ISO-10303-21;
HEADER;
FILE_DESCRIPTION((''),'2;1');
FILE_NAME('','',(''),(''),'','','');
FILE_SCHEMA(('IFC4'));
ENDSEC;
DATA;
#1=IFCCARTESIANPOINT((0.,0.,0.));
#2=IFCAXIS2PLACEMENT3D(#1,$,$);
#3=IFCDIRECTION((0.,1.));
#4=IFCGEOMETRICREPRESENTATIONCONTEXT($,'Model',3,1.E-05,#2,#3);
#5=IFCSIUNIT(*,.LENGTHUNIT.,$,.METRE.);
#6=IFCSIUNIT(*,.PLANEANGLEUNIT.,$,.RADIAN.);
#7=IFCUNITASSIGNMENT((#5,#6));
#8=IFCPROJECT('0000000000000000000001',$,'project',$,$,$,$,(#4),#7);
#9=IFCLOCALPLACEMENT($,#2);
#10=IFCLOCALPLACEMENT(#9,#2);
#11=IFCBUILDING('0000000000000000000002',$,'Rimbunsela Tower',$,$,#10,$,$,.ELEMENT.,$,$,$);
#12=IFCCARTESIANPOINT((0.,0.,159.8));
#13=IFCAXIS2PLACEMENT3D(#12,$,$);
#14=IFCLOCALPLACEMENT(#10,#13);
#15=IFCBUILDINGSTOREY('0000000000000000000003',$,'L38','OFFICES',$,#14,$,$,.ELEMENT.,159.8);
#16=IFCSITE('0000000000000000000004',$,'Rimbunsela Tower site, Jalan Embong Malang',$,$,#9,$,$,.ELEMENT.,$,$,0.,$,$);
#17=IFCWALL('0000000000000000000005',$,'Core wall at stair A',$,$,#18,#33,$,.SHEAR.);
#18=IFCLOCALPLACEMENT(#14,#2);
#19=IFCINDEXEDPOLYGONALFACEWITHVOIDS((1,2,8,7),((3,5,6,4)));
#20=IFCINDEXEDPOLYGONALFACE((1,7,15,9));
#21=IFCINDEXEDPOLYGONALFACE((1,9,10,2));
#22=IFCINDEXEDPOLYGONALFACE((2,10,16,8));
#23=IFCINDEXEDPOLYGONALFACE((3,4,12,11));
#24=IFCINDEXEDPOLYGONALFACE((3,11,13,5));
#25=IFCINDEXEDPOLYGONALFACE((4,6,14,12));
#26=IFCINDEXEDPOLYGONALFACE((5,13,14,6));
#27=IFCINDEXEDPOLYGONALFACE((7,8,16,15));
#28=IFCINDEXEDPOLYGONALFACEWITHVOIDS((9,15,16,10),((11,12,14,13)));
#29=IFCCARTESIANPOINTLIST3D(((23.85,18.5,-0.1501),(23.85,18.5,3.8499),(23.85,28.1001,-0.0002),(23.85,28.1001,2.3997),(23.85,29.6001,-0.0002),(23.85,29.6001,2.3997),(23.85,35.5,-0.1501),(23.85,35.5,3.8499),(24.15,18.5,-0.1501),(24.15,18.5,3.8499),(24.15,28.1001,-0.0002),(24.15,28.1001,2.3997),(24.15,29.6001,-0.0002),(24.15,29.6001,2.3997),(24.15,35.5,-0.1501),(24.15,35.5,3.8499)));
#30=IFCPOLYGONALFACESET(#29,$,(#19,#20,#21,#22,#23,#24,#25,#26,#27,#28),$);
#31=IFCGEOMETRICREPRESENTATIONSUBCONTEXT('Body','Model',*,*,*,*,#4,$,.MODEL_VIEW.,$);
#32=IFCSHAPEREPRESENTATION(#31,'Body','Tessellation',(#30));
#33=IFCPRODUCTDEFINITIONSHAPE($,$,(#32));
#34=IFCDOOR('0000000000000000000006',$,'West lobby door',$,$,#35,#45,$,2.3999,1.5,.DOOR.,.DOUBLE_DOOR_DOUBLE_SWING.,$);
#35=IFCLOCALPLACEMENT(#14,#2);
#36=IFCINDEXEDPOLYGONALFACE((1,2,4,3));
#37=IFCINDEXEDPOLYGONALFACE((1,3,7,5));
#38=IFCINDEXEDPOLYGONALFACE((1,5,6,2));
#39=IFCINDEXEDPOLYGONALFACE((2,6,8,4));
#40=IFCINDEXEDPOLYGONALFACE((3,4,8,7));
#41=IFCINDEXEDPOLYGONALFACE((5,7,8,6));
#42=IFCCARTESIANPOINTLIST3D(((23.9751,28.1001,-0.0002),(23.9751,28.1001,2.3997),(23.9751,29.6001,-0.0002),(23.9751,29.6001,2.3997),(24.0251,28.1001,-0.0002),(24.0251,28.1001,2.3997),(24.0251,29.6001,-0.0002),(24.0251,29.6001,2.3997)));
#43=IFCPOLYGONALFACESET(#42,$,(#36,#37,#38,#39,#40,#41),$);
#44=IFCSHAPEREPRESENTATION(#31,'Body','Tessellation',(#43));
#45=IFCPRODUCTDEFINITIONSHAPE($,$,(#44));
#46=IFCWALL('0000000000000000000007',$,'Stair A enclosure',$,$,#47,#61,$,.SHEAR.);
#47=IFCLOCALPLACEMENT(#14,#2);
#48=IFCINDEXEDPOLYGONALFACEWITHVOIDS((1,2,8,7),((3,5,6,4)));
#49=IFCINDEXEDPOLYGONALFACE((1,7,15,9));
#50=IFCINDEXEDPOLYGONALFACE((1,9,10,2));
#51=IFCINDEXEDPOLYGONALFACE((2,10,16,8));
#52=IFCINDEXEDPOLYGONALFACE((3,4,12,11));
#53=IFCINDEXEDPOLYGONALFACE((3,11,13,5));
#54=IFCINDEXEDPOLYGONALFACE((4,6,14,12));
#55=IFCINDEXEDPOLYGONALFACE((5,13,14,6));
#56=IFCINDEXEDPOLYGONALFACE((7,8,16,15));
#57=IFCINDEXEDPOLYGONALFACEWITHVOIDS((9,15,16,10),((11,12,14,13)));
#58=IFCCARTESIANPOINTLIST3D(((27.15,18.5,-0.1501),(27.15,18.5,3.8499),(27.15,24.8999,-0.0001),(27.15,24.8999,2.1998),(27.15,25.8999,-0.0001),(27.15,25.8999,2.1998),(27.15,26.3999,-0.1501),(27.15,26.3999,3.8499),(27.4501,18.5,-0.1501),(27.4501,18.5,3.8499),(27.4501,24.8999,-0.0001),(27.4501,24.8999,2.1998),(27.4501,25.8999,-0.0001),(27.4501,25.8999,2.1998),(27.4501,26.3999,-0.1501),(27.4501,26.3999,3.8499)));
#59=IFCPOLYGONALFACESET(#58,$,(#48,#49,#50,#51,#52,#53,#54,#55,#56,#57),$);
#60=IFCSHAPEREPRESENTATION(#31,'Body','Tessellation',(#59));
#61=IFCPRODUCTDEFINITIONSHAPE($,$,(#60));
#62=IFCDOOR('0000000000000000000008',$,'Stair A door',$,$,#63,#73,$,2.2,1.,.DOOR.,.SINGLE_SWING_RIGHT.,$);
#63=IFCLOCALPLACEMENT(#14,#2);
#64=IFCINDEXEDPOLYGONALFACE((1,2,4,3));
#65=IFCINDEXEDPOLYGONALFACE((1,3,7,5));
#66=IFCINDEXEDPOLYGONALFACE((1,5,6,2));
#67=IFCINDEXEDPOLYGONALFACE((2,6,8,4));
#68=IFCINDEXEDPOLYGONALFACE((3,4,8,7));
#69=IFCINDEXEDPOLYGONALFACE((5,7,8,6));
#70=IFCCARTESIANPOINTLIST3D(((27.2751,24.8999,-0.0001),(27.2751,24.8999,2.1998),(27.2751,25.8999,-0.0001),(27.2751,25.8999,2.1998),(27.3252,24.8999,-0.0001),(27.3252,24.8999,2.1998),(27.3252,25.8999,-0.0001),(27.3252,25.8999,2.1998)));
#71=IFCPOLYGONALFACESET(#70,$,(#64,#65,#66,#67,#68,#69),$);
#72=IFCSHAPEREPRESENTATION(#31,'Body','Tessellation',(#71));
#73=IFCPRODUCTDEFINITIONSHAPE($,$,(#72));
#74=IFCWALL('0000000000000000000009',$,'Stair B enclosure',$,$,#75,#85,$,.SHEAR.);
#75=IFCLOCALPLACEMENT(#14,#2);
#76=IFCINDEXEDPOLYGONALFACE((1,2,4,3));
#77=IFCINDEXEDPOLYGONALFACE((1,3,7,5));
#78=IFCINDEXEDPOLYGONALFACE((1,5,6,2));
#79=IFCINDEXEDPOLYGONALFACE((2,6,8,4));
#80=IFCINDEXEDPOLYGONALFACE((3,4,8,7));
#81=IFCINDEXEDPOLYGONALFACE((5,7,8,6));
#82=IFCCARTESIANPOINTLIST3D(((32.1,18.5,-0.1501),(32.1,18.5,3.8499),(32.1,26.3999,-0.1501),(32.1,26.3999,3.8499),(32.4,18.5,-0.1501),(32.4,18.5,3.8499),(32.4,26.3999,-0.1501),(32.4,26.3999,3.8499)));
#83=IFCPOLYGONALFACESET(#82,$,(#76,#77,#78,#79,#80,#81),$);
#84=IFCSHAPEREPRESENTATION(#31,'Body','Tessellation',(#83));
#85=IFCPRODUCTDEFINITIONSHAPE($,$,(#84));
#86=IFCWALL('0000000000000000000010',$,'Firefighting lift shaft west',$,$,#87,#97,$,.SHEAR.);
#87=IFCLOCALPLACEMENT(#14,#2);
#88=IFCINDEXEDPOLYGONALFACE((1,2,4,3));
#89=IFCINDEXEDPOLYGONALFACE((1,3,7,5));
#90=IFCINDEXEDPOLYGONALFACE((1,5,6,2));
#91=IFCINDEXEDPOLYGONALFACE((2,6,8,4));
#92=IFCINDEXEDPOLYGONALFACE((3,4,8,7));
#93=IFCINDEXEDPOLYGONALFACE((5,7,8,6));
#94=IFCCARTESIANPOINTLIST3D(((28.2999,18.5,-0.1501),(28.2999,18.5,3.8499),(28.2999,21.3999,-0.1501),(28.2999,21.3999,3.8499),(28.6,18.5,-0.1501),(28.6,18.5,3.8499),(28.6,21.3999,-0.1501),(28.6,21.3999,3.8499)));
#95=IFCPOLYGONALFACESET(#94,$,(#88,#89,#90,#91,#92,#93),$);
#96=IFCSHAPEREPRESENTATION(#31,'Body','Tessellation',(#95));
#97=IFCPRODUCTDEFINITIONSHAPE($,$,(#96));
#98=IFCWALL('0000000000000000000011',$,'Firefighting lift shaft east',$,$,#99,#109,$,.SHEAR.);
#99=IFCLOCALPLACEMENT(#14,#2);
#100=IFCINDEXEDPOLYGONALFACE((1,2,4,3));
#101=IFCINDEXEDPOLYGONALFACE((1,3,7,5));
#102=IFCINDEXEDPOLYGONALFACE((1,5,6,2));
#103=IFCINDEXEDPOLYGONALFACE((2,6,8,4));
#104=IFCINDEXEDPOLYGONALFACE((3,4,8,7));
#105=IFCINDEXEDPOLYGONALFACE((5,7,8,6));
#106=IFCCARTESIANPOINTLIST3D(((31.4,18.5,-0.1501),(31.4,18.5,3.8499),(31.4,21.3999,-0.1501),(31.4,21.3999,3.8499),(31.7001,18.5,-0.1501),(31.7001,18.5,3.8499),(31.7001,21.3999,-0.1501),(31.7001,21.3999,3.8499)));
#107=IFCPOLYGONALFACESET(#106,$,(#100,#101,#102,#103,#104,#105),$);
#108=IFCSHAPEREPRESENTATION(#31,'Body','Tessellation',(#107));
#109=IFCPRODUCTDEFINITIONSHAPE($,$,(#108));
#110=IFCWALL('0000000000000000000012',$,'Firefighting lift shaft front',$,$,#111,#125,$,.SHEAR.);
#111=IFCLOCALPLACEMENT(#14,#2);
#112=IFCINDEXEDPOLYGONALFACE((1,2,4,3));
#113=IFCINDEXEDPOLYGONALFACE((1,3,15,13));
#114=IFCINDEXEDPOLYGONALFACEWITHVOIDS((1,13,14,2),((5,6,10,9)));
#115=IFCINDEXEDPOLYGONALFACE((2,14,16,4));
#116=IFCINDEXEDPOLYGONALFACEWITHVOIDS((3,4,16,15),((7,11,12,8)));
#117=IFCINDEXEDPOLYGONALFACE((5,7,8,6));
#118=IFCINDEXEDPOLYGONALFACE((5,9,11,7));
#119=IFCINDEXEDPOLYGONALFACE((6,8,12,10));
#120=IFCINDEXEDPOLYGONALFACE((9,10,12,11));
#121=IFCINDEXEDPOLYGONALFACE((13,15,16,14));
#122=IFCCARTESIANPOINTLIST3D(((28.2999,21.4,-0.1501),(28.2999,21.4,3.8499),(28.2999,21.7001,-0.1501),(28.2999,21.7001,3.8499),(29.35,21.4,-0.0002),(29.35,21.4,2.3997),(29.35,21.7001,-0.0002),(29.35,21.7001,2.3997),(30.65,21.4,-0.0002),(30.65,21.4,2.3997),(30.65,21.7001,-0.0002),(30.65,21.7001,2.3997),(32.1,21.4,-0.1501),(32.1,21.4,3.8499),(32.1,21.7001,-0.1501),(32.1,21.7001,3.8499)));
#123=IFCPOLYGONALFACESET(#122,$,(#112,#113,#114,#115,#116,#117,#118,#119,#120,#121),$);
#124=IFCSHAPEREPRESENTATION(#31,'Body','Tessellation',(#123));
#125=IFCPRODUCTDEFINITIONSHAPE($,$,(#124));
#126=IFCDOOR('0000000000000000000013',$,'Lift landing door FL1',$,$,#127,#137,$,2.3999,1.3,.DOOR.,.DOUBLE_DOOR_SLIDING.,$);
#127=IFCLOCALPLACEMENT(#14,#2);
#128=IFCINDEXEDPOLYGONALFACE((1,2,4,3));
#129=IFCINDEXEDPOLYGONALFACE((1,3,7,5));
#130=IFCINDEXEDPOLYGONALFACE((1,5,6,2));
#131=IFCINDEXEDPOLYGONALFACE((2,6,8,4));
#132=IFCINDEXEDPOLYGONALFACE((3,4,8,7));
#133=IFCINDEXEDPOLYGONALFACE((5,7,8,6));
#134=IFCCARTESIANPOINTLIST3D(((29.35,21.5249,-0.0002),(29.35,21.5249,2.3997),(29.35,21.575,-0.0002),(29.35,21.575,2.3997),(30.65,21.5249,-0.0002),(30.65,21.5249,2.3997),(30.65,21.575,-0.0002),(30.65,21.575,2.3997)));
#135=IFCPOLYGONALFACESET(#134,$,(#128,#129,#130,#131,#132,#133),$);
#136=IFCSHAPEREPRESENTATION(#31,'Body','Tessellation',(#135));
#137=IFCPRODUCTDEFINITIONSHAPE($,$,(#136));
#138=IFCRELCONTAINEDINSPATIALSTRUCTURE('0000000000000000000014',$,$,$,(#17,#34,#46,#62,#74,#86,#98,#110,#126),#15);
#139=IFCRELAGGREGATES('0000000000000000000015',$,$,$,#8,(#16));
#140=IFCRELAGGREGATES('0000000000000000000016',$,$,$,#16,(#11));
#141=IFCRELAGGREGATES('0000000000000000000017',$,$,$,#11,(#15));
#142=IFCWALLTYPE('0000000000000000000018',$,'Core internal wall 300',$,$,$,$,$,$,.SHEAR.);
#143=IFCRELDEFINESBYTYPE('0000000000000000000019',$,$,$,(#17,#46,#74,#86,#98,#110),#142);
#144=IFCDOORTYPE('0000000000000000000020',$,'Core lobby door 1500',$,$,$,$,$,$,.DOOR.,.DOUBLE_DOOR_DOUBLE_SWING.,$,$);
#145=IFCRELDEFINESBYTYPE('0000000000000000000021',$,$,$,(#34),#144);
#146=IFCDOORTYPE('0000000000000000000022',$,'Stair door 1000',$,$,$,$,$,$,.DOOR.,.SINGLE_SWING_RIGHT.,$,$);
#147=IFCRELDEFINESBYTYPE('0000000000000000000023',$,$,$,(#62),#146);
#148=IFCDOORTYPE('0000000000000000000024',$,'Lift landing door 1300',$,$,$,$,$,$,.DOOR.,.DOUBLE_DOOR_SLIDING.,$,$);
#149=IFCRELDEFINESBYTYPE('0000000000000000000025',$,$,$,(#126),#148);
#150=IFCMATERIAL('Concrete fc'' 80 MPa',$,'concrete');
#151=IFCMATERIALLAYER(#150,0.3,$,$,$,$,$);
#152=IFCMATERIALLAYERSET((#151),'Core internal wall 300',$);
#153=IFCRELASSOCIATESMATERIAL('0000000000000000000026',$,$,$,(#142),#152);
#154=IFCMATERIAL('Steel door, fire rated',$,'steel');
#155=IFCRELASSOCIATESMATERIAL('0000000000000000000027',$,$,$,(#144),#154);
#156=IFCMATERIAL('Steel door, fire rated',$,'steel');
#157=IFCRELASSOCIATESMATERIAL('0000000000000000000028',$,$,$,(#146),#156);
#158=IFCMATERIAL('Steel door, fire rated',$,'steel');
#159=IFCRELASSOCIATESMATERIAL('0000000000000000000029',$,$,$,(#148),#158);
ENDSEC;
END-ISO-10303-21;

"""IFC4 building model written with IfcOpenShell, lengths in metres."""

from ifc_helpers import new_model, si_unit, direction, frame, frame_2d, origin, place, context, subcontext, project, spatial, rectangle, extrude, material, layer, layer_set, type_object, element, fill, save


model = new_model("IFC4")

# Units and contexts
model_context = context("Model", 3, precision=1e-05, world=origin(), true_north=direction((0.0, 1.0)))
body_context = subcontext(model_context, "Body", "Model", "MODEL_VIEW")
ifc_project = project(units=[si_unit("LENGTHUNIT", "METRE"), si_unit("PLANEANGLEUNIT", "RADIAN")], contexts=[model_context])

# Site, building, storey
site_placement = place(None, origin())
site = spatial("IfcSite", under=ifc_project, at=site_placement, Name="Rimbunsela Tower site, Jalan Embong Malang", CompositionType="ELEMENT", RefElevation=0.0)
building_placement = place(site_placement, origin())
building = spatial("IfcBuilding", under=site, at=building_placement, Name="Rimbunsela Tower", CompositionType="ELEMENT")
storey_placement = place(building_placement, frame((0.0, 0.0, 159.8)))
storey = spatial("IfcBuildingStorey", under=building, at=storey_placement, Name="L38", Description="OFFICES", CompositionType="ELEMENT", Elevation=159.8)

# Walls, openings, doors
ifc_material_1 = material(Name="Concrete fc' 80 MPa", Category="concrete")
ifc_layer_1 = layer(ifc_material_1, 0.3)
ifc_layer_set_1 = layer_set([ifc_layer_1], Name="Core internal wall 300")
wall_type_1 = type_object("IfcWallType", Name="Core internal wall 300", PredefinedType="SHEAR", material=ifc_layer_set_1)
wall_1_placement = place(storey_placement, frame((24.0, 18.5, -0.1501), z_axis=(0.0, 0.0, 1.0), x_axis=(0.0, 1.0, 0.0)))
wall_1 = element("IfcWall", 1, at=wall_1_placement, inside=storey, type_object=wall_type_1, Name="Core wall at stair A", PredefinedType="SHEAR", context=body_context, shape_type="SweptSolid", body=[
    extrude(rectangle(XDim=17.0, YDim=0.3, at=frame_2d((8.5, 0.0))), origin(), (0.0, 0.0, 1.0), 4.0),
])
opening_1_placement = place(wall_1_placement, frame((9.6001, 0.0, 0.1499)))
opening_1 = element("IfcOpeningElement", 2, at=opening_1_placement, cuts=wall_1, PredefinedType="OPENING", context=body_context, shape_type="SweptSolid", body=[
    extrude(rectangle(XDim=1.5, YDim=2.3999, at=frame_2d((0.75, 1.2))), frame((0.0, 0.1599, 0.0), z_axis=(0.0, -1.0, 0.0), x_axis=(1.0, 0.0, 0.0)), (0.0, 0.0, 1.0), 0.3201),
])
ifc_material_2 = material(Name="Steel door, fire rated", Category="steel")
door_type_1 = type_object("IfcDoorType", Name="Core lobby door 1500", OperationType="DOUBLE_DOOR_DOUBLE_SWING", PredefinedType="DOOR", material=ifc_material_2)
door_1_placement = place(opening_1_placement, origin())
door_1 = element("IfcDoor", 3, at=door_1_placement, inside=storey, type_object=door_type_1, Name="West lobby door", OperationType="DOUBLE_DOOR_DOUBLE_SWING", OverallHeight=2.3999, OverallWidth=1.5, PredefinedType="DOOR", context=body_context, shape_type="SweptSolid", body=[
    extrude(rectangle(XDim=1.5, YDim=2.3999, at=frame_2d((0.75, 1.2))), frame((0.0, 0.0249, 0.0), z_axis=(0.0, -1.0, 0.0), x_axis=(1.0, 0.0, 0.0)), (0.0, 0.0, 1.0), 0.05),
])
fill(opening_1, door_1)
wall_2_placement = place(storey_placement, frame((27.3, 18.5, -0.1501), z_axis=(0.0, 0.0, 1.0), x_axis=(0.0, 1.0, 0.0)))
wall_2 = element("IfcWall", 4, at=wall_2_placement, inside=storey, type_object=wall_type_1, Name="Stair A enclosure", PredefinedType="SHEAR", context=body_context, shape_type="SweptSolid", body=[
    extrude(rectangle(XDim=7.8999, YDim=0.3, at=frame_2d((3.95, 0.0))), origin(), (0.0, 0.0, 1.0), 4.0),
])
opening_2_placement = place(wall_2_placement, frame((6.3999, 0.0, 0.1499)))
opening_2 = element("IfcOpeningElement", 5, at=opening_2_placement, cuts=wall_2, PredefinedType="OPENING", context=body_context, shape_type="SweptSolid", body=[
    extrude(rectangle(XDim=1.0, YDim=2.2, at=frame_2d((0.5, 1.1001))), frame((0.0, 0.1599, 0.0), z_axis=(0.0, -1.0, 0.0), x_axis=(1.0, 0.0, 0.0)), (0.0, 0.0, 1.0), 0.3201),
])
ifc_material_3 = material(Name="Steel door, fire rated", Category="steel")
door_type_2 = type_object("IfcDoorType", Name="Stair door 1000", OperationType="SINGLE_SWING_RIGHT", PredefinedType="DOOR", material=ifc_material_3)
door_2_placement = place(opening_2_placement, origin())
door_2 = element("IfcDoor", 6, at=door_2_placement, inside=storey, type_object=door_type_2, Name="Stair A door", OperationType="SINGLE_SWING_RIGHT", OverallHeight=2.2, OverallWidth=1.0, PredefinedType="DOOR", context=body_context, shape_type="SweptSolid", body=[
    extrude(rectangle(XDim=1.0, YDim=2.2, at=frame_2d((0.5, 1.1001))), frame((0.0, 0.0249, 0.0), z_axis=(0.0, -1.0, 0.0), x_axis=(1.0, 0.0, 0.0)), (0.0, 0.0, 1.0), 0.05),
])
fill(opening_2, door_2)

# Walls
wall_3_placement = place(storey_placement, frame((32.25, 18.5, -0.1501), z_axis=(0.0, 0.0, 1.0), x_axis=(0.0, 1.0, 0.0)))
element("IfcWall", 7, at=wall_3_placement, inside=storey, type_object=wall_type_1, Name="Stair B enclosure", PredefinedType="SHEAR", context=body_context, shape_type="SweptSolid", body=[
    extrude(rectangle(XDim=7.8999, YDim=0.3, at=frame_2d((3.95, 0.0))), origin(), (0.0, 0.0, 1.0), 4.0),
])
for number, where, z_axis, x_axis, name in (
    (8, (28.45, 18.5, -0.1501), (0.0, 0.0, 1.0), (0.0, 1.0, 0.0), "Firefighting lift shaft west"),
    (9, (31.55, 18.5, -0.1501), (0.0, 0.0, 1.0), (0.0, 1.0, 0.0), "Firefighting lift shaft east"),
):
    element("IfcWall", number, at=place(storey_placement, frame(where, z_axis=z_axis, x_axis=x_axis)), inside=storey, type_object=wall_type_1, Name=name, PredefinedType="SHEAR", context=body_context, shape_type="SweptSolid", body=[
        extrude(rectangle(XDim=2.8999, YDim=0.3, at=frame_2d((1.45, 0.0))), origin(), (0.0, 0.0, 1.0), 4.0),
    ])

# Wall, opening, door
wall_4_placement = place(storey_placement, frame((28.3, 21.55, -0.1501), z_axis=(0.0, 0.0, 1.0), x_axis=(1.0, 0.0, 0.0)))
wall_4 = element("IfcWall", 10, at=wall_4_placement, inside=storey, type_object=wall_type_1, Name="Firefighting lift shaft front", PredefinedType="SHEAR", context=body_context, shape_type="SweptSolid", body=[
    extrude(rectangle(XDim=3.8, YDim=0.3, at=frame_2d((1.8999, 0.0))), origin(), (0.0, 0.0, 1.0), 4.0),
])
opening_3_placement = place(wall_4_placement, frame((1.05, 0.0, 0.1499)))
opening_3 = element("IfcOpeningElement", 11, at=opening_3_placement, cuts=wall_4, PredefinedType="OPENING", context=body_context, shape_type="SweptSolid", body=[
    extrude(rectangle(XDim=1.3, YDim=2.3999, at=frame_2d((0.6499, 1.2))), frame((0.0, 0.1599, 0.0), z_axis=(0.0, -1.0, 0.0), x_axis=(1.0, 0.0, 0.0)), (0.0, 0.0, 1.0), 0.3201),
])
ifc_material_4 = material(Name="Steel door, fire rated", Category="steel")
door_type_3 = type_object("IfcDoorType", Name="Lift landing door 1300", OperationType="DOUBLE_DOOR_SLIDING", PredefinedType="DOOR", material=ifc_material_4)
door_3_placement = place(opening_3_placement, origin())
door_3 = element("IfcDoor", 12, at=door_3_placement, inside=storey, type_object=door_type_3, Name="Lift landing door FL1", OperationType="DOUBLE_DOOR_SLIDING", OverallHeight=2.3999, OverallWidth=1.3, PredefinedType="DOOR", context=body_context, shape_type="SweptSolid", body=[
    extrude(rectangle(XDim=1.3, YDim=2.3999, at=frame_2d((0.6499, 1.2))), frame((0.0, 0.0249, 0.0), z_axis=(0.0, -1.0, 0.0), x_axis=(1.0, 0.0, 0.0)), (0.0, 0.0, 1.0), 0.05),
])
fill(opening_3, door_3)

save(model, "model.ifc")
